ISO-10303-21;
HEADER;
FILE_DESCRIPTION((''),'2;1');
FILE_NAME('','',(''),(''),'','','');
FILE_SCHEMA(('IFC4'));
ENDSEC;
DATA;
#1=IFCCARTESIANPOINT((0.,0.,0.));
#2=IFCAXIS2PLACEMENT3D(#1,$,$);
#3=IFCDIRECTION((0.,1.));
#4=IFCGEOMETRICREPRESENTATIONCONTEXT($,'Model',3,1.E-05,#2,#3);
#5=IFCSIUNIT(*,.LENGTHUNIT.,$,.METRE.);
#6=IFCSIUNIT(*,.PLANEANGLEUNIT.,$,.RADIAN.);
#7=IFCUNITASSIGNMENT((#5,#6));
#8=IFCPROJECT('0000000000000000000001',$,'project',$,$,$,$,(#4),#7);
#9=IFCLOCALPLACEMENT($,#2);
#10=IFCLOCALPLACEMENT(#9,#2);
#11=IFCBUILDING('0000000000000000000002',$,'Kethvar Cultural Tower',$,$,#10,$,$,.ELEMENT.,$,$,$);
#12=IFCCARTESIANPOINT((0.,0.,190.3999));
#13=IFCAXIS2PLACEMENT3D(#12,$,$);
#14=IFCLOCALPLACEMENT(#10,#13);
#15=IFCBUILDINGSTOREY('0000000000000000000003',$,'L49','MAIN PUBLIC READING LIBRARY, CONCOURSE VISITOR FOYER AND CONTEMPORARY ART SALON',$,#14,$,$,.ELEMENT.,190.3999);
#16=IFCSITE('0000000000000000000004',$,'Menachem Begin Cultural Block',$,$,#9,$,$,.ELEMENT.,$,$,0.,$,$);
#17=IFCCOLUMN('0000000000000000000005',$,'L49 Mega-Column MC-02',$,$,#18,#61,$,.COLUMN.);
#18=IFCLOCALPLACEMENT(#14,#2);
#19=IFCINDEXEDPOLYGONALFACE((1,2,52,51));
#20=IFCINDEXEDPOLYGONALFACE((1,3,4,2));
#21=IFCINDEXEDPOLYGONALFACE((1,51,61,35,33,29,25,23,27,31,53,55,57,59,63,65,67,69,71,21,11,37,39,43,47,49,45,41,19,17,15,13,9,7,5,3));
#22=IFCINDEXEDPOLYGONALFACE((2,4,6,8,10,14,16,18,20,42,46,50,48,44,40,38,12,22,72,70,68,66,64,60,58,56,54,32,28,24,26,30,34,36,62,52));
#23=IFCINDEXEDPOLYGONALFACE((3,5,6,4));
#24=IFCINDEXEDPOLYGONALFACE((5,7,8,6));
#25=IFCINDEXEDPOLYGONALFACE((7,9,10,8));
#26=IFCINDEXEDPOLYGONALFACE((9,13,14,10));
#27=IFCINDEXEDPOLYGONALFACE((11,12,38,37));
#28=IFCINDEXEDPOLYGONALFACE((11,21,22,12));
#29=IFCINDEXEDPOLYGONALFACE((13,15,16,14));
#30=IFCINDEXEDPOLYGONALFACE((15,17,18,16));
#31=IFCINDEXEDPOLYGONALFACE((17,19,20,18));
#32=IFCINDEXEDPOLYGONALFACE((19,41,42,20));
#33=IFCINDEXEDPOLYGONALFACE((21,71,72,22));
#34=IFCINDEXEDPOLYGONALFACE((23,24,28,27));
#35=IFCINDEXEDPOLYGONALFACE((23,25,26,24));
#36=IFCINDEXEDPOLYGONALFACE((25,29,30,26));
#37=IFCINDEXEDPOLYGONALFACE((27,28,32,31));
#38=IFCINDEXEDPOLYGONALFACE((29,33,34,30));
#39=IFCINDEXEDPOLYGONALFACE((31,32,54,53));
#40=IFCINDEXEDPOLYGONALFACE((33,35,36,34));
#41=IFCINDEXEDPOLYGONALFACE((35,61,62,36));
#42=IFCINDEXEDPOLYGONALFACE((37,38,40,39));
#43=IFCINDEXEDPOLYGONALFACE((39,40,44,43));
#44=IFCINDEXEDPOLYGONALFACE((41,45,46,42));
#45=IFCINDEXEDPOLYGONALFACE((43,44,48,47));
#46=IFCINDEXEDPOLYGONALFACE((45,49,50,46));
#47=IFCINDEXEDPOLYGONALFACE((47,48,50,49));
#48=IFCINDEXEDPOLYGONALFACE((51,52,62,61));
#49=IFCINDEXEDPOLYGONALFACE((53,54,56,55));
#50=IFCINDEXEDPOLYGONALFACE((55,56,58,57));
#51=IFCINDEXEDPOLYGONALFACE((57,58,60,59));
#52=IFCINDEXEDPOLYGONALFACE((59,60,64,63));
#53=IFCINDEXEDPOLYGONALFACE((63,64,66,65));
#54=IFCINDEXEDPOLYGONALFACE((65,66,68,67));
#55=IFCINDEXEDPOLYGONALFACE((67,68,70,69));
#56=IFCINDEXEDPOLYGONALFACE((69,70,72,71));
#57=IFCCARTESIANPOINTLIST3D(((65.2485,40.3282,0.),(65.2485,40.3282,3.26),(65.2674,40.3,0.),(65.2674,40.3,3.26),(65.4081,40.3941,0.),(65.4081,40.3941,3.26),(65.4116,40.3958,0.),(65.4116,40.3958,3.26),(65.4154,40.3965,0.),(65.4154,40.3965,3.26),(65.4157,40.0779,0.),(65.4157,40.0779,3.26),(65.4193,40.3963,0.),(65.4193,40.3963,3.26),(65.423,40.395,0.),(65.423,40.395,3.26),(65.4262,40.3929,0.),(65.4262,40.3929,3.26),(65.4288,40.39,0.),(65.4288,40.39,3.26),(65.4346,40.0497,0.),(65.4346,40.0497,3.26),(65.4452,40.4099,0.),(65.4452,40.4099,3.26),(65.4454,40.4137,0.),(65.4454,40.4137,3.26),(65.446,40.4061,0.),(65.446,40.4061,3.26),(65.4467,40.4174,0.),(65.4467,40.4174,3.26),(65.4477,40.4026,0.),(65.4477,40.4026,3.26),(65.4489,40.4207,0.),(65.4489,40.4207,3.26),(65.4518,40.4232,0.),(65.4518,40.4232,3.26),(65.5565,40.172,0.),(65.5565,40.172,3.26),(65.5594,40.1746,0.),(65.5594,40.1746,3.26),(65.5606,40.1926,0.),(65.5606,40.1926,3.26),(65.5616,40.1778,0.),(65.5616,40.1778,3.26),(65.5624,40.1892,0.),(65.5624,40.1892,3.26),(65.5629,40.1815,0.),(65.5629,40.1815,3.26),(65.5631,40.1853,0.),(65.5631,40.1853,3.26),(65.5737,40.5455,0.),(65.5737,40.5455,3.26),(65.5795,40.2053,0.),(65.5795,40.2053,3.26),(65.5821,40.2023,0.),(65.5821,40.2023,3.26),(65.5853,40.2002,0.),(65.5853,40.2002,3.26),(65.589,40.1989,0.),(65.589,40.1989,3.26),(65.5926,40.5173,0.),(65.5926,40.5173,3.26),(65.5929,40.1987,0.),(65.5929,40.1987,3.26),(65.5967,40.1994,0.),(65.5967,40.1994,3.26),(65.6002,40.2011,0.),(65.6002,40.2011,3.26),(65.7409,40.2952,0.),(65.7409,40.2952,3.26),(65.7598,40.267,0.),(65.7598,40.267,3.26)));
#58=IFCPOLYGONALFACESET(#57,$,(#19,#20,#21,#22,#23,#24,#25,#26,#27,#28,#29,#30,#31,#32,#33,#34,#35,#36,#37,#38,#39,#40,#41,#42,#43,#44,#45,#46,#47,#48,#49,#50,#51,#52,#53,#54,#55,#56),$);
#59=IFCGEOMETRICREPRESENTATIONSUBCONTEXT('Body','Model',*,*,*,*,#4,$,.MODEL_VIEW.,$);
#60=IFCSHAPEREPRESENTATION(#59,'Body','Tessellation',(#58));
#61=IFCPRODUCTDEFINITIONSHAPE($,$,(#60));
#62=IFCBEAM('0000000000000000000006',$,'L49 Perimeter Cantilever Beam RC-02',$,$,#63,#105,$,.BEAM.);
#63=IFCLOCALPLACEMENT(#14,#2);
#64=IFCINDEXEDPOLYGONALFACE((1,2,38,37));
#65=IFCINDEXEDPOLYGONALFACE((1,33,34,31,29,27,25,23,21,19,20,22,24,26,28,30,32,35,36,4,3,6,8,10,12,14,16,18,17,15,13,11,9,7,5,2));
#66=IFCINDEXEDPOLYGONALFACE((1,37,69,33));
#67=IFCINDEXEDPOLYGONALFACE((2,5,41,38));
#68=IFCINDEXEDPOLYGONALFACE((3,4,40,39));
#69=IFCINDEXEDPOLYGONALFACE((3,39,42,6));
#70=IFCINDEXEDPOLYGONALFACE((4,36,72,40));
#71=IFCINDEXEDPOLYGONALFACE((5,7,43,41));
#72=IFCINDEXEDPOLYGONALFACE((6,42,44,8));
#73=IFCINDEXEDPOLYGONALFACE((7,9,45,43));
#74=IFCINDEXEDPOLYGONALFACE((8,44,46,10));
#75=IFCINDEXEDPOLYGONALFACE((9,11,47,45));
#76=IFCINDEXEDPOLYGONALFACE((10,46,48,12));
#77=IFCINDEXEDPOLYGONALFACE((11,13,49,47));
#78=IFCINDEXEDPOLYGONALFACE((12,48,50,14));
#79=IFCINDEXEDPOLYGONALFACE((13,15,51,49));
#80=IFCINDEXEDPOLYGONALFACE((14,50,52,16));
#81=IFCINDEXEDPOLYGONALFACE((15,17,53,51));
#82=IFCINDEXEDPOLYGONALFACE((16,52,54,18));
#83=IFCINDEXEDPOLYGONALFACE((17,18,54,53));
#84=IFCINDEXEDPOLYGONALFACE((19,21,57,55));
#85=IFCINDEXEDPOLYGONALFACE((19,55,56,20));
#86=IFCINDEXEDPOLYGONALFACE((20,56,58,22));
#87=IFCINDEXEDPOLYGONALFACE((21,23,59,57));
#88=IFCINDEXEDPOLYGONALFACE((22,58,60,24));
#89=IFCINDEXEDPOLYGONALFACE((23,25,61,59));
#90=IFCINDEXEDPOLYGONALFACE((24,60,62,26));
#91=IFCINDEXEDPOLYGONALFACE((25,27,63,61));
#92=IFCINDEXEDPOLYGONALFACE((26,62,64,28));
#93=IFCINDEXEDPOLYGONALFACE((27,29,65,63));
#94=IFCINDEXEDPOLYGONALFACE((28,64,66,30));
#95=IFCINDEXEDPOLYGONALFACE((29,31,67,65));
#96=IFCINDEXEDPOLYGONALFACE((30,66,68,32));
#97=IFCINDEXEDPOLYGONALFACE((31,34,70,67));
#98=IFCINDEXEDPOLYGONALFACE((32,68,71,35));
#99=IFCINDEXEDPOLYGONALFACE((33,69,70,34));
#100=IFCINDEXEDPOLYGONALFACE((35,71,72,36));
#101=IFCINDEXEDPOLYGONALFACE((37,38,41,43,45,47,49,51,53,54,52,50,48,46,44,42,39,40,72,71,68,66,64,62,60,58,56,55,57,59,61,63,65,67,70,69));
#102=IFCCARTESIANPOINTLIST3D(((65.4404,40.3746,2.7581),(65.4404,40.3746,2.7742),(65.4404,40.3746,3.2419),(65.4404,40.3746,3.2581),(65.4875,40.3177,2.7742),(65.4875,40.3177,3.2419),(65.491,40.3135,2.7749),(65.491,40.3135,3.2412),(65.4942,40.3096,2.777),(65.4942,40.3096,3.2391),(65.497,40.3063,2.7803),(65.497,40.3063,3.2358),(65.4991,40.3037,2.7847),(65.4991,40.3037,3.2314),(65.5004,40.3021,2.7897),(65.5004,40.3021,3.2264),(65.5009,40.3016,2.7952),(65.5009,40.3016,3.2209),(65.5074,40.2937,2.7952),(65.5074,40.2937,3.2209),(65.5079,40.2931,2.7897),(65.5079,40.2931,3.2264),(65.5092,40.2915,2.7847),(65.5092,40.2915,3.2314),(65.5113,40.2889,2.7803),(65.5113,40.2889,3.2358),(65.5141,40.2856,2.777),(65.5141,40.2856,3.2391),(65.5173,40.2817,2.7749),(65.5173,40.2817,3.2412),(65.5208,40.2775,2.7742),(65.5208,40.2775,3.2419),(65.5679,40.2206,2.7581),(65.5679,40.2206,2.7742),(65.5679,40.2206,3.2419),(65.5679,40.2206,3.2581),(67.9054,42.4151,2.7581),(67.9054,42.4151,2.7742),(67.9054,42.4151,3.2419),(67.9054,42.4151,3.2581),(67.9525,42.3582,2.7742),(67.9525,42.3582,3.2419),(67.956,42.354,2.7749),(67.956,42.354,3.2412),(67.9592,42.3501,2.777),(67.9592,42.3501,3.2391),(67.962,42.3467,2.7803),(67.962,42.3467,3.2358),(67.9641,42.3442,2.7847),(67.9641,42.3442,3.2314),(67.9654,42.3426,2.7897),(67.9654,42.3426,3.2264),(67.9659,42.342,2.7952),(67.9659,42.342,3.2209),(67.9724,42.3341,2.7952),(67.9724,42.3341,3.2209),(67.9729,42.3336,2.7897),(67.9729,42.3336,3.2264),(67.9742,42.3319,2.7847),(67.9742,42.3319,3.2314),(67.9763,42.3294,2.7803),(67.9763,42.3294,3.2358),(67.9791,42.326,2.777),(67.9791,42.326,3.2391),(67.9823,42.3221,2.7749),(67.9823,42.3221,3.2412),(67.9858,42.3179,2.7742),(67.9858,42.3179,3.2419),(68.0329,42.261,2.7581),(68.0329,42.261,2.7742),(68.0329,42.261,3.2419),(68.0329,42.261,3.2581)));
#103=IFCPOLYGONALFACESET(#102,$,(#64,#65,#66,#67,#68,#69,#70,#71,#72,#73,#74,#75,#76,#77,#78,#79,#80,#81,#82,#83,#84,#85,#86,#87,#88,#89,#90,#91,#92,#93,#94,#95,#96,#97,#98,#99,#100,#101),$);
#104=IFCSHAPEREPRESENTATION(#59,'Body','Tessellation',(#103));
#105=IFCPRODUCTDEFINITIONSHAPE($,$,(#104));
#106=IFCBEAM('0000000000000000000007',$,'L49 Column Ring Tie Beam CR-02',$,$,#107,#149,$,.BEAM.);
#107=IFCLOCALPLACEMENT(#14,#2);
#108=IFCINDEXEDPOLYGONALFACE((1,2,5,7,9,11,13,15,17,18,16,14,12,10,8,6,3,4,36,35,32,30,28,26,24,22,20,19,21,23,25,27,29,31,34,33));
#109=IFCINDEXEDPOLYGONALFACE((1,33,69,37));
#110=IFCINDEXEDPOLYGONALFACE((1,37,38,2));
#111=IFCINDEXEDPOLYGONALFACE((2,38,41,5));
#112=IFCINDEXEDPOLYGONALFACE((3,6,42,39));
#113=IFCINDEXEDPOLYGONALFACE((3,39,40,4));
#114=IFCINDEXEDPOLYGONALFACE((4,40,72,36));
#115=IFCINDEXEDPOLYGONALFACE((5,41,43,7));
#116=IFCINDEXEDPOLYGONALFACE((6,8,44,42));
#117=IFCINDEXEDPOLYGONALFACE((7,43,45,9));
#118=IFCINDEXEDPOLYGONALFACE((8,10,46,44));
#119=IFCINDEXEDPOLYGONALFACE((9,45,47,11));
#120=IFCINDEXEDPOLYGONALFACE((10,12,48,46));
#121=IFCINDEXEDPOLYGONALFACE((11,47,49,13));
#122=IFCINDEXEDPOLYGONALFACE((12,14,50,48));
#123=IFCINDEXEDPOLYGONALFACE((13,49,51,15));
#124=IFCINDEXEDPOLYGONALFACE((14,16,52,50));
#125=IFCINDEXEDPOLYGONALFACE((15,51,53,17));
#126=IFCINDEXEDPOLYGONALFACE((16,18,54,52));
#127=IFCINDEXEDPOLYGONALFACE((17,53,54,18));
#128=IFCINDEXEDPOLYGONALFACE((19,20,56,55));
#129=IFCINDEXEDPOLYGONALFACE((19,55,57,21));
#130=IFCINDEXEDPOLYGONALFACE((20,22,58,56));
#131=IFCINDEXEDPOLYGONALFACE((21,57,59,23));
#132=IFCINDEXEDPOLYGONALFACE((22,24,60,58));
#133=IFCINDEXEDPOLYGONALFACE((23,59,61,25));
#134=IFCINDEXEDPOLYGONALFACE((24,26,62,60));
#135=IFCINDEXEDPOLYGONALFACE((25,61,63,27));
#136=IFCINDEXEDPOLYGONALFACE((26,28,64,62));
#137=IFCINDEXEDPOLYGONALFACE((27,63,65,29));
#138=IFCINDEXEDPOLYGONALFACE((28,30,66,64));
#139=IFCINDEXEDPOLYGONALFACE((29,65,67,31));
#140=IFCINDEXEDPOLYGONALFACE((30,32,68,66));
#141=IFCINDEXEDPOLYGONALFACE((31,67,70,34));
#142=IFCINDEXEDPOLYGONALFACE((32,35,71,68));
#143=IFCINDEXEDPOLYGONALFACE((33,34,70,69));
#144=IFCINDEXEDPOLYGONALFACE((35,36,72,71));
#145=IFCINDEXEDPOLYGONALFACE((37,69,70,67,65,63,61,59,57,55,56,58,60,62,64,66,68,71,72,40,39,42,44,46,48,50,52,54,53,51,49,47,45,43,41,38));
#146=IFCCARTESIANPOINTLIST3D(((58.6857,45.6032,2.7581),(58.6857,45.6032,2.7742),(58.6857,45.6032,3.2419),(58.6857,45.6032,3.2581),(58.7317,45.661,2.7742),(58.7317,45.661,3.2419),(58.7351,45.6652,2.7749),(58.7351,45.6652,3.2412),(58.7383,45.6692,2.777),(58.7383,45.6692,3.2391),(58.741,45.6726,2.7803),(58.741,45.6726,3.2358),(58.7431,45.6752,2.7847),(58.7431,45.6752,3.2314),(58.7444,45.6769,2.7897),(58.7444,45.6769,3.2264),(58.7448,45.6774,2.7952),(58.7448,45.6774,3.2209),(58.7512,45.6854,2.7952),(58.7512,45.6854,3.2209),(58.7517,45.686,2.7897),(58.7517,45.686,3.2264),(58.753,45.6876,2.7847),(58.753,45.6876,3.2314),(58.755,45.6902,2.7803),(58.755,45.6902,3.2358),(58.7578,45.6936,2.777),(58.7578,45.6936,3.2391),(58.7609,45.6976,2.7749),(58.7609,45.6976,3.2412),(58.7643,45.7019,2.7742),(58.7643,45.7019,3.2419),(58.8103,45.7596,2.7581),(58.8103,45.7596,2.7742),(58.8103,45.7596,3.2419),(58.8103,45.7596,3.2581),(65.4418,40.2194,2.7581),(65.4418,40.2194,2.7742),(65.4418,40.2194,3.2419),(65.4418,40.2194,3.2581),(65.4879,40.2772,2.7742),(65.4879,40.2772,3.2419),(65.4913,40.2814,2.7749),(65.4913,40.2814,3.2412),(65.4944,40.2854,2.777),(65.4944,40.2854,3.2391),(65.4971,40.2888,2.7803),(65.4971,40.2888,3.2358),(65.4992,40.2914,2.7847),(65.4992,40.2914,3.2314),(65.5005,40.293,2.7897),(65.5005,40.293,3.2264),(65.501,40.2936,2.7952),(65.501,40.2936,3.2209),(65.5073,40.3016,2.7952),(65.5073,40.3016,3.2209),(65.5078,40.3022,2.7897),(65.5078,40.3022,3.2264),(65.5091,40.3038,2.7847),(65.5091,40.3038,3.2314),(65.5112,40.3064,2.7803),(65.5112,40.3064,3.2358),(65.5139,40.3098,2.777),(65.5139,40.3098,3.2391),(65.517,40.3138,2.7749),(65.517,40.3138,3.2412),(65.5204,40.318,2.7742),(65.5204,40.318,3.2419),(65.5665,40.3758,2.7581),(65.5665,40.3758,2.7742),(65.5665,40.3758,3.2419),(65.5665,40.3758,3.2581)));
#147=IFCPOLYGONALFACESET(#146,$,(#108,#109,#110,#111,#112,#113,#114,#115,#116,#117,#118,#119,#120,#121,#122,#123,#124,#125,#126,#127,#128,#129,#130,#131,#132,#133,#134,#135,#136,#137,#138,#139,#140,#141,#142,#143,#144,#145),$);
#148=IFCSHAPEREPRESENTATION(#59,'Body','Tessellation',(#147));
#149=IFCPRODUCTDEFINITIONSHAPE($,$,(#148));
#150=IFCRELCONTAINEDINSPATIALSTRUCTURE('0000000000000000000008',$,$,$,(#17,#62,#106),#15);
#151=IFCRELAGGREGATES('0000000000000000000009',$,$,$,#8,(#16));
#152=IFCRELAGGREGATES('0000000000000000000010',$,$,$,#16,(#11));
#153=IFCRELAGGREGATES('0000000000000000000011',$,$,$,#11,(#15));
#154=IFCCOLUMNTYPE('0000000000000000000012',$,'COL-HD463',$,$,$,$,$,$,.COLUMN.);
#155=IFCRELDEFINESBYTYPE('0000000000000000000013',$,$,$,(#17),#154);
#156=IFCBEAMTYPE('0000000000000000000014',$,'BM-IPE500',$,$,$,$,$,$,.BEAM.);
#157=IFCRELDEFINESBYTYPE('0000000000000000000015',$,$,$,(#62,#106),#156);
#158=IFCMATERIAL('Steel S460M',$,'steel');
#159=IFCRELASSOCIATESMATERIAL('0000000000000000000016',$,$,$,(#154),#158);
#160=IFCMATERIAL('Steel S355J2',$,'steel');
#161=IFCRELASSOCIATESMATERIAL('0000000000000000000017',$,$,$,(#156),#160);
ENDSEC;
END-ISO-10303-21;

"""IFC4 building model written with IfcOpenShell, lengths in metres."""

from ifc_helpers import new_model, si_unit, direction, frame, origin, origin_2d, place, context, subcontext, project, spatial, i_section, extrude, source, transform, mapped, material, material_profile, profile_set, type_object, element, save


model = new_model("IFC4")

# Units and contexts
model_context = context("Model", 3, precision=1e-05, world=origin(), true_north=direction((0.0, 1.0)))
body_context = subcontext(model_context, "Body", "Model", "MODEL_VIEW")
ifc_project = project(units=[si_unit("LENGTHUNIT", "METRE"), si_unit("PLANEANGLEUNIT", "RADIAN")], contexts=[model_context])

# Site, building, storey
site_placement = place(None, origin())
site = spatial("IfcSite", under=ifc_project, at=site_placement, Name="Menachem Begin Cultural Block", CompositionType="ELEMENT", RefElevation=0.0)
building_placement = place(site_placement, origin())
building = spatial("IfcBuilding", under=site, at=building_placement, Name="Kethvar Cultural Tower", CompositionType="ELEMENT")
storey_placement = place(building_placement, frame((0.0, 0.0, 190.3999)))
storey = spatial("IfcBuildingStorey", under=building, at=storey_placement, Name="L49", Description="MAIN PUBLIC READING LIBRARY, CONCOURSE VISITOR FOYER AND CONTEMPORARY ART SALON", CompositionType="ELEMENT", Elevation=190.3999)

# Column
ifc_material_1 = material(Name="Steel S460M", Category="steel")
ifc_material_profile_1 = material_profile(ifc_material_1, i_section(OverallWidth=0.3911, OverallDepth=0.335, WebThickness=0.0227, FlangeThickness=0.0339, FilletRadius=0.0149, at=origin_2d()), Name="Steel S460M — HD400x463")
ifc_profile_set_1 = profile_set([ifc_material_profile_1], Name="Steel S460M — HD400x463")
column_type = type_object("IfcColumnType", Name="COL-HD463", PredefinedType="COLUMN", material=ifc_profile_set_1)
shared_shape_1 = source(origin(), body_context, "Body", "SweptSolid", [
    extrude(i_section(OverallWidth=0.3911, OverallDepth=0.335, WebThickness=0.0227, FlangeThickness=0.0339, FilletRadius=0.0149, at=origin_2d()), origin(), (0.0, 0.0, 1.0), 3.26),
])
column_placement = place(storey_placement, frame((65.5042, 40.2976, 0.0), z_axis=(0.0, 0.0, 1.0), x_axis=(0.83147, 0.55557, 0.0)))
element("IfcColumn", 1, at=column_placement, inside=storey, type_object=column_type, Name="L49 Mega-Column MC-02", PredefinedType="COLUMN", context=body_context, shape_type="MappedRepresentation", body=[
    mapped(shared_shape_1, transform((0.0, 0.0, 0.0), scale=1.0)),
])

# Beams
ifc_material_2 = material(Name="Steel S355J2", Category="steel")
ifc_material_profile_2 = material_profile(ifc_material_2, i_section(OverallWidth=0.2, OverallDepth=0.5, WebThickness=0.0103, FlangeThickness=0.0161, FilletRadius=0.021, at=origin_2d()), Name="Steel S355J2 — IPE500")
ifc_profile_set_2 = profile_set([ifc_material_profile_2], Name="Steel S355J2 — IPE500")
beam_type_1 = type_object("IfcBeamType", Name="BM-IPE500", PredefinedType="BEAM", material=ifc_profile_set_2)
shared_shape_2 = source(origin(), body_context, "Body", "SweptSolid", [
    extrude(i_section(OverallWidth=0.2, OverallDepth=0.5, WebThickness=0.0103, FlangeThickness=0.0161, FilletRadius=0.021, at=origin_2d()), origin(), (0.0, 0.0, 1.0), 3.2),
])
beam_1_placement = place(storey_placement, frame((65.5042, 40.2976, 3.0081), z_axis=(0.770325, 0.637652, 0.0), x_axis=(-0.637652, 0.770325, 0.0)))
element("IfcBeam", 2, at=beam_1_placement, inside=storey, type_object=beam_type_1, Name="L49 Perimeter Cantilever Beam RC-02", PredefinedType="BEAM", context=body_context, shape_type="MappedRepresentation", body=[
    mapped(shared_shape_2, transform((0.0, 0.0, 0.0), scale=1.0)),
])
shared_shape_3 = source(origin(), body_context, "Body", "SweptSolid", [
    extrude(i_section(OverallWidth=0.2, OverallDepth=0.5, WebThickness=0.0103, FlangeThickness=0.0161, FilletRadius=0.021, at=origin_2d()), origin(), (0.0, 0.0, 1.0), 8.6389),
])
beam_2_placement = place(storey_placement, frame((65.5042, 40.2976, 3.0081), z_axis=(-0.782058, 0.623205, 0.0), x_axis=(-0.623205, -0.782058, 0.0)))
element("IfcBeam", 3, at=beam_2_placement, inside=storey, type_object=beam_type_1, Name="L49 Column Ring Tie Beam CR-02", PredefinedType="BEAM", context=body_context, shape_type="MappedRepresentation", body=[
    mapped(shared_shape_3, transform((0.0, 0.0, 0.0), scale=1.0)),
])

save(model, "model.ifc")
